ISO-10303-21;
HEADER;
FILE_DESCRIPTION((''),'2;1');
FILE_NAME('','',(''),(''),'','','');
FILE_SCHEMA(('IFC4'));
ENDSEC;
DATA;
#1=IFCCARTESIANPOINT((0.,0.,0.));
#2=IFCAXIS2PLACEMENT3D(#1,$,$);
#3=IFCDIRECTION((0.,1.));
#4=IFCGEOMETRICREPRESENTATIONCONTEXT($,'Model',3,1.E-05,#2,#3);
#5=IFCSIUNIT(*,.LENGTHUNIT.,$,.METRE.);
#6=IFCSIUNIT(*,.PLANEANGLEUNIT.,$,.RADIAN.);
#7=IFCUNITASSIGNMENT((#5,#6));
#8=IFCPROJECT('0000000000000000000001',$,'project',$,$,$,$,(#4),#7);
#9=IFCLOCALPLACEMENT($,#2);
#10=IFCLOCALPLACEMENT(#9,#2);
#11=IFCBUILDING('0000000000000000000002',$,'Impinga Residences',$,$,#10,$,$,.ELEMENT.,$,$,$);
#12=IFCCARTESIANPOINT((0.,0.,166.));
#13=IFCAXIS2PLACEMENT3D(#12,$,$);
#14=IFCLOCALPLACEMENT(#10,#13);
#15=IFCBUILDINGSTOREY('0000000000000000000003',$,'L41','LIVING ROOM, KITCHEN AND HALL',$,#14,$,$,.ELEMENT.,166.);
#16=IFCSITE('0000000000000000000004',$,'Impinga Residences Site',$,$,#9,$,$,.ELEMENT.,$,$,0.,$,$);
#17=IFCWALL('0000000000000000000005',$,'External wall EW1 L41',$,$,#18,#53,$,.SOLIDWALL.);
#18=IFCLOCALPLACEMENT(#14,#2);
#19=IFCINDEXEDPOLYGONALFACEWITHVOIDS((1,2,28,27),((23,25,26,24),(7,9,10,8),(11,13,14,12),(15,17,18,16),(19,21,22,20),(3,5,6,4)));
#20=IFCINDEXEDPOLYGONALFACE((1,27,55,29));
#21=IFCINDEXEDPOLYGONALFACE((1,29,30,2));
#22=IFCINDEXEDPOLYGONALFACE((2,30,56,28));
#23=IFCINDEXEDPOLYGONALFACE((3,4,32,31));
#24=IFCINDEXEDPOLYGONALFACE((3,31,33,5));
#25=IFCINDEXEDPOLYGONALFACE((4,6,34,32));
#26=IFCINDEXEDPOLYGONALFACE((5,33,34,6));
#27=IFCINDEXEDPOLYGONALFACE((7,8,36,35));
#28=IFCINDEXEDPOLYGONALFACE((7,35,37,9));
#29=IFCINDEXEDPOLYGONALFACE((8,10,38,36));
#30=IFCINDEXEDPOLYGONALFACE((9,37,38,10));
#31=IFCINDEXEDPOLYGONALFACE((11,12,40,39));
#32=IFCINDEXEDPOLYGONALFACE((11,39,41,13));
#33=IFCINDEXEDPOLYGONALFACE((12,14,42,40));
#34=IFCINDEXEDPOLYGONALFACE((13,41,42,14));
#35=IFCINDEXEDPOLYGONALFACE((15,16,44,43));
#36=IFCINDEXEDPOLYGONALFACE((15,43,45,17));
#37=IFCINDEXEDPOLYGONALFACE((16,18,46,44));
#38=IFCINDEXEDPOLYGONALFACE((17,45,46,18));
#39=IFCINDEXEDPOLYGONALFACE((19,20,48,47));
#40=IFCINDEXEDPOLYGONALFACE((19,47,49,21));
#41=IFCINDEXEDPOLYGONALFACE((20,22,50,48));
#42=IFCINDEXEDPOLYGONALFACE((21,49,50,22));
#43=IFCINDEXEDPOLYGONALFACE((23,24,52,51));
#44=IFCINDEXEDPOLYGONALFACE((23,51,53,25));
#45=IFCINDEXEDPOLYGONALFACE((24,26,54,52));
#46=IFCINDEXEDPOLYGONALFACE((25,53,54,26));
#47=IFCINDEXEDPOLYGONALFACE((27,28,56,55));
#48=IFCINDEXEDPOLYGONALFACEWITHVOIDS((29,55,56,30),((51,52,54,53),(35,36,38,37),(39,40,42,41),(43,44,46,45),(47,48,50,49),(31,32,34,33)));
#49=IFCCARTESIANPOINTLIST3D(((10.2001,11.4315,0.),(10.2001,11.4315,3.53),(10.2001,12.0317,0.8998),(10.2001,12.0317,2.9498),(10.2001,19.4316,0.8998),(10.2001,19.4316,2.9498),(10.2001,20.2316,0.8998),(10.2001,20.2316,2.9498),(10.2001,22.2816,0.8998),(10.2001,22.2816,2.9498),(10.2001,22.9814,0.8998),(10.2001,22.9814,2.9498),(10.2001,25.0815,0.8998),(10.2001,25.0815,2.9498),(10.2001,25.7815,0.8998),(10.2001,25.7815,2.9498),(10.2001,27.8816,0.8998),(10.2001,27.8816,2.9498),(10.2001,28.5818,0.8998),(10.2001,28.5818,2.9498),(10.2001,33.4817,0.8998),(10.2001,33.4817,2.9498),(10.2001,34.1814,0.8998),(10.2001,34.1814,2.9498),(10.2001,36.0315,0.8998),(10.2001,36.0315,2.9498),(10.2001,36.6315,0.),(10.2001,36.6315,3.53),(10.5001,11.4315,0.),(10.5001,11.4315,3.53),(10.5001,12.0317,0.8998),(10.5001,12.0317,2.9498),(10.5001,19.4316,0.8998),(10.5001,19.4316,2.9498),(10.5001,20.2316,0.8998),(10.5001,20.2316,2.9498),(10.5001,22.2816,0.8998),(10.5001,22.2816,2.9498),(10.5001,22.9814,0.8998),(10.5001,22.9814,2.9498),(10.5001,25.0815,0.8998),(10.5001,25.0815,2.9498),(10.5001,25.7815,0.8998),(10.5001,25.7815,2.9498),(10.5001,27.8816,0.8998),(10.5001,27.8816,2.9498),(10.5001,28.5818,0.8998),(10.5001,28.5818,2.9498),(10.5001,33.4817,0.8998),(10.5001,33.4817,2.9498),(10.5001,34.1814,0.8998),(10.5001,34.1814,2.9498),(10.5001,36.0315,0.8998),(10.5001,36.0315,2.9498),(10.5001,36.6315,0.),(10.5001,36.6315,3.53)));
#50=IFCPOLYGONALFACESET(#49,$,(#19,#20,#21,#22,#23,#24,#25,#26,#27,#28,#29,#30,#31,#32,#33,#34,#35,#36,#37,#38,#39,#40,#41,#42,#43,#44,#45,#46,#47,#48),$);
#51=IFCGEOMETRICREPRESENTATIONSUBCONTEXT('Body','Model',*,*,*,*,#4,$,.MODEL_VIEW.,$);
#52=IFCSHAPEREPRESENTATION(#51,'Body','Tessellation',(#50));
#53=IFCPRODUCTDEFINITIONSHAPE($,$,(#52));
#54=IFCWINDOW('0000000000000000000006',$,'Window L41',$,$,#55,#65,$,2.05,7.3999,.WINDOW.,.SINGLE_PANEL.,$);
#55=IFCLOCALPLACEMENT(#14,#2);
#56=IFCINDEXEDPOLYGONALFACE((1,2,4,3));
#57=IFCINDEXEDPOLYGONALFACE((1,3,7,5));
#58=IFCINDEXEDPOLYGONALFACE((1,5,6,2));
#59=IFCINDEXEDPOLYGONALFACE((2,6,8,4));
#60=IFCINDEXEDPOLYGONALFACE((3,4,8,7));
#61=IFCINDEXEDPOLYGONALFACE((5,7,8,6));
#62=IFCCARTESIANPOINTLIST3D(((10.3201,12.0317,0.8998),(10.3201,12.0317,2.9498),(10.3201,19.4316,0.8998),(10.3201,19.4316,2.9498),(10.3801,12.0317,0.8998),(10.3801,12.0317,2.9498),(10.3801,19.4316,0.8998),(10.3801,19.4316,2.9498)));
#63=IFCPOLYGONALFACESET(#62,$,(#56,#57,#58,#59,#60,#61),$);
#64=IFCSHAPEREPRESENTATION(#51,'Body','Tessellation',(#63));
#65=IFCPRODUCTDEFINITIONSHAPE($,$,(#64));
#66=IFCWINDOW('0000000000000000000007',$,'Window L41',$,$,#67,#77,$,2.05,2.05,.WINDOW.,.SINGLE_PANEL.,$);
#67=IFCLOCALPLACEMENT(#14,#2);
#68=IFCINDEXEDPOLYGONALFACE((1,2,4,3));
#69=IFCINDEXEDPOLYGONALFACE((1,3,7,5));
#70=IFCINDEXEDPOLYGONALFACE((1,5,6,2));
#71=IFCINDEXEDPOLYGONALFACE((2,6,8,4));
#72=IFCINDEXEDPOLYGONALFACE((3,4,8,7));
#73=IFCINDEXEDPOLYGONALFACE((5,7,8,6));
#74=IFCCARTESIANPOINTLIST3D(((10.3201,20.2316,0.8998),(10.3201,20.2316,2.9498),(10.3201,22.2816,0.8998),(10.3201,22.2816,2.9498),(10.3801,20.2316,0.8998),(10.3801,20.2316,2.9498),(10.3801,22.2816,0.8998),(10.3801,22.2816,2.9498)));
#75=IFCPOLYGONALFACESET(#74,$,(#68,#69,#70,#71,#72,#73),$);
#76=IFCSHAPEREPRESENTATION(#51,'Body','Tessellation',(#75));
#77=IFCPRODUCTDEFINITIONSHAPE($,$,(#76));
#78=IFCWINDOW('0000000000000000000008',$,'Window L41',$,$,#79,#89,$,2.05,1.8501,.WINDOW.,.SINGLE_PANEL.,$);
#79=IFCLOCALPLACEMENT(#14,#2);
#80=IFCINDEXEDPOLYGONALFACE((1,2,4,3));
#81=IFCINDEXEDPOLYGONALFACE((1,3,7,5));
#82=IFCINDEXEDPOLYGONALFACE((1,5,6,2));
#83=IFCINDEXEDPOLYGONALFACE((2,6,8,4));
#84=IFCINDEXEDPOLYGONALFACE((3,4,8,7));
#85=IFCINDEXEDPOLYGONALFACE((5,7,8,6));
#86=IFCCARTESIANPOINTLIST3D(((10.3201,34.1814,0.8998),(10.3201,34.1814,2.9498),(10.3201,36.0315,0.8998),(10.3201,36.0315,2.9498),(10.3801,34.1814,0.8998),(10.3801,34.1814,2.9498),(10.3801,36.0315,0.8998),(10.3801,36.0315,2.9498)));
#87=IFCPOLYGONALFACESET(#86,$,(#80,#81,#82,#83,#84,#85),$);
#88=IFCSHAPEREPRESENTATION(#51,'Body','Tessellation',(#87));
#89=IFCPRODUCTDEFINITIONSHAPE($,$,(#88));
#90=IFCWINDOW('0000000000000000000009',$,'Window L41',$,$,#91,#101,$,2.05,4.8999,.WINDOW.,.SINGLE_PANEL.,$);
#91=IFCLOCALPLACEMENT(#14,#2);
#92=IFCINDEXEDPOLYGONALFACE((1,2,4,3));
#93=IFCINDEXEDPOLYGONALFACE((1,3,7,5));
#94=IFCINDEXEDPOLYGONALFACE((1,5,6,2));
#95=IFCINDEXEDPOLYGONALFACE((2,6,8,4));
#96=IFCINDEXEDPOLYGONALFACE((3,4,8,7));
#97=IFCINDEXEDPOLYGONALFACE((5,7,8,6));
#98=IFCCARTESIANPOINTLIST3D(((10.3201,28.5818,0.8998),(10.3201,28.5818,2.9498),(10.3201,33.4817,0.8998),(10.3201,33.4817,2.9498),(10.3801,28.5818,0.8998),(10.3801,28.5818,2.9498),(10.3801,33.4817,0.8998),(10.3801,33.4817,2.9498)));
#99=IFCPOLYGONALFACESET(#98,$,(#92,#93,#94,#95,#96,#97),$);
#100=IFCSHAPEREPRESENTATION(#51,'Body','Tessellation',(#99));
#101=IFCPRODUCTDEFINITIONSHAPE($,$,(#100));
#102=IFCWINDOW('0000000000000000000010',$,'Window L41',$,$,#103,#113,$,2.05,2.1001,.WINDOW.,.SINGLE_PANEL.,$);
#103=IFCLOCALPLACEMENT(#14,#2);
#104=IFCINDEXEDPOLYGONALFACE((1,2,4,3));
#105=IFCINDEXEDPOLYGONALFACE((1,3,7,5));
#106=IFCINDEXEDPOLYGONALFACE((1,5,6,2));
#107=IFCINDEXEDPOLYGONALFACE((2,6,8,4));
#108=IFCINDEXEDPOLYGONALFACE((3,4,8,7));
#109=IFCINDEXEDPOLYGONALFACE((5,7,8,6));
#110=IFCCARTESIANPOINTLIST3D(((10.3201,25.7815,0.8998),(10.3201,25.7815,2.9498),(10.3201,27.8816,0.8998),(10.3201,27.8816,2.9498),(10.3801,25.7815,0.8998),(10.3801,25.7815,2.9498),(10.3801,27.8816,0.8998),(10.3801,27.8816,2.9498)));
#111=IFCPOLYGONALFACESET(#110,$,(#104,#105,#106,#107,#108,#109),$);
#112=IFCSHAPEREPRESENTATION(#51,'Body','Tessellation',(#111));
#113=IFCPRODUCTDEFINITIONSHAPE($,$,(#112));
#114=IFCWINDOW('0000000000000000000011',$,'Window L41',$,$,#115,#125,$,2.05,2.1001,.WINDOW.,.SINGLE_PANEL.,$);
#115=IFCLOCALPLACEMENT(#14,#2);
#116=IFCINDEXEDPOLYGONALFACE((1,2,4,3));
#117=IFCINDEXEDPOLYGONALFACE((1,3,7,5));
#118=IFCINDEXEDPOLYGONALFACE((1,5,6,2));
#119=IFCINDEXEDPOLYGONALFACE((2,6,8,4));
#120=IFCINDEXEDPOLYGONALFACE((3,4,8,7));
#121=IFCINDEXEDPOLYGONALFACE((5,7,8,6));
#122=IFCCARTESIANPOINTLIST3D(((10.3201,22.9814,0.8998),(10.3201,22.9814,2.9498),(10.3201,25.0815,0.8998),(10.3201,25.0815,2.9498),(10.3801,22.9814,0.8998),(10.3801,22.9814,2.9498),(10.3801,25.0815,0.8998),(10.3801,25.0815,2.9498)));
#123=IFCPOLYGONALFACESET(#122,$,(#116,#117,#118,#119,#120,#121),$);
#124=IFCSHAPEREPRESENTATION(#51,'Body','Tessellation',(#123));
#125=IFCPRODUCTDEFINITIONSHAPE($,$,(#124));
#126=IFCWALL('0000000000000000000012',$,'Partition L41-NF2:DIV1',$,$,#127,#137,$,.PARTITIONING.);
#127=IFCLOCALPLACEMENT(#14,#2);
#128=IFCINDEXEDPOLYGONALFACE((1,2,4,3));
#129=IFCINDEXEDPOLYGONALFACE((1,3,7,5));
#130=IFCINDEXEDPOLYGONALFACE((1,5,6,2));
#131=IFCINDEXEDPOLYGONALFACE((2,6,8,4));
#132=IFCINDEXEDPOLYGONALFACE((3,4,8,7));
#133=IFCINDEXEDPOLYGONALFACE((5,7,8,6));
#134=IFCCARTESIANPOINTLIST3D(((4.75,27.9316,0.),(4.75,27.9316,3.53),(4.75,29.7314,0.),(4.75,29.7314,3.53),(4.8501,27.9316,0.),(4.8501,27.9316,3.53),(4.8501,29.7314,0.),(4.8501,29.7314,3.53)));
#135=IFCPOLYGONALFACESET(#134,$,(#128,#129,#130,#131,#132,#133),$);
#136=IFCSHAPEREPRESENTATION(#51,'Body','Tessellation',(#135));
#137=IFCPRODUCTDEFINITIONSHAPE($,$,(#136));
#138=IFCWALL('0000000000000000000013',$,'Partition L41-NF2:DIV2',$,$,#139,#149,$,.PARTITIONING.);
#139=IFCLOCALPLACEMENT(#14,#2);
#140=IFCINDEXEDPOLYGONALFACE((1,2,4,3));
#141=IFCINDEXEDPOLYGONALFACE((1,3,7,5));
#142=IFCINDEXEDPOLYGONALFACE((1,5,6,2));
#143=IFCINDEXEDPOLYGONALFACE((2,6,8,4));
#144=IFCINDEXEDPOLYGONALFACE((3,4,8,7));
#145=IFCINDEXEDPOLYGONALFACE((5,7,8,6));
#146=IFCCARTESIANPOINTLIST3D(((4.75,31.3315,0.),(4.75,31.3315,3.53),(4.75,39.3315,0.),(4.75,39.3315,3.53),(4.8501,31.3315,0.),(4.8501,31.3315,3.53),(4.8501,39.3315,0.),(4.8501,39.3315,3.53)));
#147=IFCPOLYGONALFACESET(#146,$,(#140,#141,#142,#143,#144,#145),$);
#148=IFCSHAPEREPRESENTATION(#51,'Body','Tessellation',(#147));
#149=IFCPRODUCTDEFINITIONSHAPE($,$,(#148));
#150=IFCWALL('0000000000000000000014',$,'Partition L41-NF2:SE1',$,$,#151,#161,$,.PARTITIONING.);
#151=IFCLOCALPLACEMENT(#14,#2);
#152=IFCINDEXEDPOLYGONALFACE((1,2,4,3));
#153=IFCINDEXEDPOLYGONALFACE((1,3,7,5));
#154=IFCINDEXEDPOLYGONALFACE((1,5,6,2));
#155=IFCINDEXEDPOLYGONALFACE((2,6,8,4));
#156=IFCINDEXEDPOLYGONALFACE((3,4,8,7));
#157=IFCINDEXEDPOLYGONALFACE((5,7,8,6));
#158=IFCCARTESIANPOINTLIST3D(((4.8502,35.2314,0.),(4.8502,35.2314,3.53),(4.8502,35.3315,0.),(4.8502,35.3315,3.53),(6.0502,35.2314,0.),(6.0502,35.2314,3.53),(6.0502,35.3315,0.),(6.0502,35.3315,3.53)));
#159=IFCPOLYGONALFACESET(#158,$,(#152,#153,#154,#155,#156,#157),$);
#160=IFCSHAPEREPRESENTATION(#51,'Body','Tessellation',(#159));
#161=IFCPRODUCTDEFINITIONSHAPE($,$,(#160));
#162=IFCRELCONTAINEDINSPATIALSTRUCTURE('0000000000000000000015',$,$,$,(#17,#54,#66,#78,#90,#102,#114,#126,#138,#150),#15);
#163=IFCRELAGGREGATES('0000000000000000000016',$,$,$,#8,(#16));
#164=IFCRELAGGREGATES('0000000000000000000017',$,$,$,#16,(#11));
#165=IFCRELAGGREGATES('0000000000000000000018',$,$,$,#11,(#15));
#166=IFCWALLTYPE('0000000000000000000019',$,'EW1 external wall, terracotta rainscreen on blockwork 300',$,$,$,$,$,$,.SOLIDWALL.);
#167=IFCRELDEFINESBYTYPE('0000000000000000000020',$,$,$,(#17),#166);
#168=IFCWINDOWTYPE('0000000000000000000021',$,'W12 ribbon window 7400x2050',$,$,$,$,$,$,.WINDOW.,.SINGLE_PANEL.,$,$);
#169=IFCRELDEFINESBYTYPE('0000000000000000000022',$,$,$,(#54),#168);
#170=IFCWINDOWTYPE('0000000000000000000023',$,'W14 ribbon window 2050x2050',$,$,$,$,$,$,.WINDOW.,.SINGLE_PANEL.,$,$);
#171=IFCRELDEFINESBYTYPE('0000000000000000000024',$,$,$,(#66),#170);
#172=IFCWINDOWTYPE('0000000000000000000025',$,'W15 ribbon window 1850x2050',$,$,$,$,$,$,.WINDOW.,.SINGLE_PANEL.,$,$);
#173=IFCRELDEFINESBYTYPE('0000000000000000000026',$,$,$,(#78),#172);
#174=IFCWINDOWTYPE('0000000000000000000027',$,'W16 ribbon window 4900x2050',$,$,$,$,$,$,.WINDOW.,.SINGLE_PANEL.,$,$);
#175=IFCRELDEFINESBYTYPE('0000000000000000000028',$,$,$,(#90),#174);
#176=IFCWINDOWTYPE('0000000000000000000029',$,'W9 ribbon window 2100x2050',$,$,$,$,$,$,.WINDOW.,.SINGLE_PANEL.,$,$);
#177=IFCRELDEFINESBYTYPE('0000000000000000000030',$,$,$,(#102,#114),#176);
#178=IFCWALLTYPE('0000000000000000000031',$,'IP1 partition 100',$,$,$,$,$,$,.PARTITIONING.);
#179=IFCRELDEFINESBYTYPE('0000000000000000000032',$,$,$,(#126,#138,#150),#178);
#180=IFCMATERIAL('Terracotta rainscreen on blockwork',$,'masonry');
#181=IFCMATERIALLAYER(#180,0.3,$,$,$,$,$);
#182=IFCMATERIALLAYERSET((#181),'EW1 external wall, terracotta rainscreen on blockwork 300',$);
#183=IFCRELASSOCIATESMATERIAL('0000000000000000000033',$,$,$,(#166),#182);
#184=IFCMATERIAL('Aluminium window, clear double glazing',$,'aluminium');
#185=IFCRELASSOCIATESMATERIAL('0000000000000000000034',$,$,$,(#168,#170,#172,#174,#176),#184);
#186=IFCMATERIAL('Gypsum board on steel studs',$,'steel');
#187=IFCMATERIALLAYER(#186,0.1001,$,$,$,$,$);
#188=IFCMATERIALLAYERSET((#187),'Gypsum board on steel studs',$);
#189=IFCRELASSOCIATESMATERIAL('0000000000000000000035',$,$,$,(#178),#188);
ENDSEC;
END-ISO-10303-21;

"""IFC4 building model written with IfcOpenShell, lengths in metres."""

from ifc_helpers import new_model, si_unit, direction, frame, frame_2d, origin, place, context, subcontext, project, spatial, rectangle, extrude, material, layer, layer_set, type_object, element, fill, save


model = new_model("IFC4")

# Units and contexts
model_context = context("Model", 3, precision=1e-05, world=origin(), true_north=direction((0.0, 1.0)))
body_context = subcontext(model_context, "Body", "Model", "MODEL_VIEW")
ifc_project = project(units=[si_unit("LENGTHUNIT", "METRE"), si_unit("PLANEANGLEUNIT", "RADIAN")], contexts=[model_context])

# Site, building, storey
site_placement = place(None, origin())
site = spatial("IfcSite", under=ifc_project, at=site_placement, Name="Impinga Residences Site", CompositionType="ELEMENT", RefElevation=0.0)
building_placement = place(site_placement, origin())
building = spatial("IfcBuilding", under=site, at=building_placement, Name="Impinga Residences", CompositionType="ELEMENT")
storey_placement = place(building_placement, frame((0.0, 0.0, 166.0)))
storey = spatial("IfcBuildingStorey", under=building, at=storey_placement, Name="L41", Description="LIVING ROOM, KITCHEN AND HALL", CompositionType="ELEMENT", Elevation=166.0)

# Shared definitions
ifc_material_1 = material(Name="Terracotta rainscreen on blockwork", Category="masonry")
ifc_layer_1 = layer(ifc_material_1, 0.3)
ifc_layer_set_1 = layer_set([ifc_layer_1], Name="EW1 external wall, terracotta rainscreen on blockwork 300")
wall_type_1 = type_object("IfcWallType", Name="EW1 external wall, terracotta rainscreen on blockwork 300", PredefinedType="SOLIDWALL", material=ifc_layer_set_1)

# Wall, openings, windows
wall_1_placement = place(storey_placement, frame((10.3501, 36.6316, 0.0), z_axis=(0.0, 0.0, 1.0), x_axis=(0.0, -1.0, 0.0)))
wall_1 = element("IfcWall", 1, at=wall_1_placement, inside=storey, type_object=wall_type_1, Name="External wall EW1 L41", PredefinedType="SOLIDWALL", context=body_context, shape_type="SweptSolid", body=[
    extrude(rectangle(XDim=25.2, YDim=0.3, at=frame_2d((12.6001, 0.0))), origin(), (0.0, 0.0, 1.0), 3.53),
])
opening_1_placement = place(wall_1_placement, frame((0.6001, 0.0, 0.8999)))
opening_1 = element("IfcOpeningElement", 2, at=opening_1_placement, cuts=wall_1, PredefinedType="OPENING", context=body_context, shape_type="SweptSolid", body=[
    extrude(rectangle(XDim=1.8501, YDim=2.05, at=frame_2d((0.925, 1.0249))), frame((0.0, 0.1599, 0.0), z_axis=(0.0, -1.0, 0.0), x_axis=(1.0, 0.0, 0.0)), (0.0, 0.0, 1.0), 0.3201),
])
opening_2_placement = place(wall_1_placement, frame((3.1499, 0.0, 0.8999)))
opening_2 = element("IfcOpeningElement", 3, at=opening_2_placement, cuts=wall_1, PredefinedType="OPENING", context=body_context, shape_type="SweptSolid", body=[
    extrude(rectangle(XDim=4.8999, YDim=2.05, at=frame_2d((2.45, 1.0249))), frame((0.0, 0.1599, 0.0), z_axis=(0.0, -1.0, 0.0), x_axis=(1.0, 0.0, 0.0)), (0.0, 0.0, 1.0), 0.3201),
])
opening_3_placement = place(wall_1_placement, frame((8.75, 0.0, 0.8999)))
opening_3 = element("IfcOpeningElement", 4, at=opening_3_placement, cuts=wall_1, PredefinedType="OPENING", context=body_context, shape_type="SweptSolid", body=[
    extrude(rectangle(XDim=2.1001, YDim=2.05, at=frame_2d((1.05, 1.0249))), frame((0.0, 0.1599, 0.0), z_axis=(0.0, -1.0, 0.0), x_axis=(1.0, 0.0, 0.0)), (0.0, 0.0, 1.0), 0.3201),
])
opening_4_placement = place(wall_1_placement, frame((11.55, 0.0, 0.8999)))
opening_4 = element("IfcOpeningElement", 5, at=opening_4_placement, cuts=wall_1, PredefinedType="OPENING", context=body_context, shape_type="SweptSolid", body=[
    extrude(rectangle(XDim=2.1001, YDim=2.05, at=frame_2d((1.05, 1.0249))), frame((0.0, 0.1599, 0.0), z_axis=(0.0, -1.0, 0.0), x_axis=(1.0, 0.0, 0.0)), (0.0, 0.0, 1.0), 0.3201),
])
opening_5_placement = place(wall_1_placement, frame((14.3501, 0.0, 0.8999)))
opening_5 = element("IfcOpeningElement", 6, at=opening_5_placement, cuts=wall_1, PredefinedType="OPENING", context=body_context, shape_type="SweptSolid", body=[
    extrude(rectangle(XDim=2.05, YDim=2.05, at=frame_2d((1.0249, 1.0249))), frame((0.0, 0.1599, 0.0), z_axis=(0.0, -1.0, 0.0), x_axis=(1.0, 0.0, 0.0)), (0.0, 0.0, 1.0), 0.3201),
])
opening_6_placement = place(wall_1_placement, frame((17.2, 0.0, 0.8999)))
opening_6 = element("IfcOpeningElement", 7, at=opening_6_placement, cuts=wall_1, PredefinedType="OPENING", context=body_context, shape_type="SweptSolid", body=[
    extrude(rectangle(XDim=7.3999, YDim=2.05, at=frame_2d((3.7, 1.0249))), frame((0.0, 0.1599, 0.0), z_axis=(0.0, -1.0, 0.0), x_axis=(1.0, 0.0, 0.0)), (0.0, 0.0, 1.0), 0.3201),
])
ifc_material_2 = material(Name="Aluminium window, clear double glazing", Category="aluminium")
window_type_1 = type_object("IfcWindowType", Name="W12 ribbon window 7400x2050", PartitioningType="SINGLE_PANEL", PredefinedType="WINDOW", material=ifc_material_2)
window_1_placement = place(opening_6_placement, origin())
window_1 = element("IfcWindow", 8, at=window_1_placement, inside=storey, type_object=window_type_1, Name="Window L41", OverallHeight=2.05, OverallWidth=7.3999, PartitioningType="SINGLE_PANEL", PredefinedType="WINDOW", context=body_context, shape_type="SweptSolid", body=[
    extrude(rectangle(XDim=7.3999, YDim=2.05, at=frame_2d((3.7, 1.0249))), frame((0.0, 0.03, 0.0), z_axis=(0.0, -1.0, 0.0), x_axis=(1.0, 0.0, 0.0)), (0.0, 0.0, 1.0), 0.0601),
])
fill(opening_6, window_1)
window_type_2 = type_object("IfcWindowType", Name="W14 ribbon window 2050x2050", PartitioningType="SINGLE_PANEL", PredefinedType="WINDOW", material=ifc_material_2)
window_2_placement = place(opening_5_placement, origin())
window_2 = element("IfcWindow", 9, at=window_2_placement, inside=storey, type_object=window_type_2, Name="Window L41", OverallHeight=2.05, OverallWidth=2.05, PartitioningType="SINGLE_PANEL", PredefinedType="WINDOW", context=body_context, shape_type="SweptSolid", body=[
    extrude(rectangle(XDim=2.05, YDim=2.05, at=frame_2d((1.0249, 1.0249))), frame((0.0, 0.03, 0.0), z_axis=(0.0, -1.0, 0.0), x_axis=(1.0, 0.0, 0.0)), (0.0, 0.0, 1.0), 0.0601),
])
fill(opening_5, window_2)
window_type_3 = type_object("IfcWindowType", Name="W15 ribbon window 1850x2050", PartitioningType="SINGLE_PANEL", PredefinedType="WINDOW", material=ifc_material_2)
window_3_placement = place(opening_1_placement, origin())
window_3 = element("IfcWindow", 10, at=window_3_placement, inside=storey, type_object=window_type_3, Name="Window L41", OverallHeight=2.05, OverallWidth=1.8501, PartitioningType="SINGLE_PANEL", PredefinedType="WINDOW", context=body_context, shape_type="SweptSolid", body=[
    extrude(rectangle(XDim=1.8501, YDim=2.05, at=frame_2d((0.925, 1.0249))), frame((0.0, 0.03, 0.0), z_axis=(0.0, -1.0, 0.0), x_axis=(1.0, 0.0, 0.0)), (0.0, 0.0, 1.0), 0.0601),
])
fill(opening_1, window_3)
window_type_4 = type_object("IfcWindowType", Name="W16 ribbon window 4900x2050", PartitioningType="SINGLE_PANEL", PredefinedType="WINDOW", material=ifc_material_2)
window_4_placement = place(opening_2_placement, origin())
window_4 = element("IfcWindow", 11, at=window_4_placement, inside=storey, type_object=window_type_4, Name="Window L41", OverallHeight=2.05, OverallWidth=4.8999, PartitioningType="SINGLE_PANEL", PredefinedType="WINDOW", context=body_context, shape_type="SweptSolid", body=[
    extrude(rectangle(XDim=4.8999, YDim=2.05, at=frame_2d((2.45, 1.0249))), frame((0.0, 0.03, 0.0), z_axis=(0.0, -1.0, 0.0), x_axis=(1.0, 0.0, 0.0)), (0.0, 0.0, 1.0), 0.0601),
])
fill(opening_2, window_4)
window_type_5 = type_object("IfcWindowType", Name="W9 ribbon window 2100x2050", PartitioningType="SINGLE_PANEL", PredefinedType="WINDOW", material=ifc_material_2)
window_5_placement = place(opening_3_placement, origin())
window_5 = element("IfcWindow", 12, at=window_5_placement, inside=storey, type_object=window_type_5, Name="Window L41", OverallHeight=2.05, OverallWidth=2.1001, PartitioningType="SINGLE_PANEL", PredefinedType="WINDOW", context=body_context, shape_type="SweptSolid", body=[
    extrude(rectangle(XDim=2.1001, YDim=2.05, at=frame_2d((1.05, 1.0249))), frame((0.0, 0.03, 0.0), z_axis=(0.0, -1.0, 0.0), x_axis=(1.0, 0.0, 0.0)), (0.0, 0.0, 1.0), 0.0601),
])
fill(opening_3, window_5)
window_6_placement = place(opening_4_placement, origin())
window_6 = element("IfcWindow", 13, at=window_6_placement, inside=storey, type_object=window_type_5, Name="Window L41", OverallHeight=2.05, OverallWidth=2.1001, PartitioningType="SINGLE_PANEL", PredefinedType="WINDOW", context=body_context, shape_type="SweptSolid", body=[
    extrude(rectangle(XDim=2.1001, YDim=2.05, at=frame_2d((1.05, 1.0249))), frame((0.0, 0.03, 0.0), z_axis=(0.0, -1.0, 0.0), x_axis=(1.0, 0.0, 0.0)), (0.0, 0.0, 1.0), 0.0601),
])
fill(opening_4, window_6)

# Walls
ifc_material_3 = material(Name="Gypsum board on steel studs", Category="steel")
ifc_layer_2 = layer(ifc_material_3, 0.1001)
ifc_layer_set_2 = layer_set([ifc_layer_2], Name="Gypsum board on steel studs")
wall_type_2 = type_object("IfcWallType", Name="IP1 partition 100", PredefinedType="PARTITIONING", material=ifc_layer_set_2)
wall_2_placement = place(storey_placement, frame((4.8, 27.9316, 0.0), z_axis=(0.0, 0.0, 1.0), x_axis=(0.0, 1.0, 0.0)))
element("IfcWall", 14, at=wall_2_placement, inside=storey, type_object=wall_type_2, Name="Partition L41-NF2:DIV1", PredefinedType="PARTITIONING", context=body_context, shape_type="SweptSolid", body=[
    extrude(rectangle(XDim=1.7998, YDim=0.1001, at=frame_2d((0.8999, 0.0))), origin(), (0.0, 0.0, 1.0), 3.53),
])
wall_3_placement = place(storey_placement, frame((4.8, 31.3315, 0.0), z_axis=(0.0, 0.0, 1.0), x_axis=(0.0, 1.0, 0.0)))
element("IfcWall", 15, at=wall_3_placement, inside=storey, type_object=wall_type_2, Name="Partition L41-NF2:DIV2", PredefinedType="PARTITIONING", context=body_context, shape_type="SweptSolid", body=[
    extrude(rectangle(XDim=8.0, YDim=0.1001, at=frame_2d((4.0, 0.0))), origin(), (0.0, 0.0, 1.0), 3.53),
])
wall_4_placement = place(storey_placement, frame((4.8501, 35.2815, 0.0), z_axis=(0.0, 0.0, 1.0), x_axis=(1.0, 0.0, 0.0)))
element("IfcWall", 16, at=wall_4_placement, inside=storey, type_object=wall_type_2, Name="Partition L41-NF2:SE1", PredefinedType="PARTITIONING", context=body_context, shape_type="SweptSolid", body=[
    extrude(rectangle(XDim=1.2, YDim=0.1001, at=frame_2d((0.6001, 0.0))), origin(), (0.0, 0.0, 1.0), 3.53),
])

save(model, "model.ifc")
